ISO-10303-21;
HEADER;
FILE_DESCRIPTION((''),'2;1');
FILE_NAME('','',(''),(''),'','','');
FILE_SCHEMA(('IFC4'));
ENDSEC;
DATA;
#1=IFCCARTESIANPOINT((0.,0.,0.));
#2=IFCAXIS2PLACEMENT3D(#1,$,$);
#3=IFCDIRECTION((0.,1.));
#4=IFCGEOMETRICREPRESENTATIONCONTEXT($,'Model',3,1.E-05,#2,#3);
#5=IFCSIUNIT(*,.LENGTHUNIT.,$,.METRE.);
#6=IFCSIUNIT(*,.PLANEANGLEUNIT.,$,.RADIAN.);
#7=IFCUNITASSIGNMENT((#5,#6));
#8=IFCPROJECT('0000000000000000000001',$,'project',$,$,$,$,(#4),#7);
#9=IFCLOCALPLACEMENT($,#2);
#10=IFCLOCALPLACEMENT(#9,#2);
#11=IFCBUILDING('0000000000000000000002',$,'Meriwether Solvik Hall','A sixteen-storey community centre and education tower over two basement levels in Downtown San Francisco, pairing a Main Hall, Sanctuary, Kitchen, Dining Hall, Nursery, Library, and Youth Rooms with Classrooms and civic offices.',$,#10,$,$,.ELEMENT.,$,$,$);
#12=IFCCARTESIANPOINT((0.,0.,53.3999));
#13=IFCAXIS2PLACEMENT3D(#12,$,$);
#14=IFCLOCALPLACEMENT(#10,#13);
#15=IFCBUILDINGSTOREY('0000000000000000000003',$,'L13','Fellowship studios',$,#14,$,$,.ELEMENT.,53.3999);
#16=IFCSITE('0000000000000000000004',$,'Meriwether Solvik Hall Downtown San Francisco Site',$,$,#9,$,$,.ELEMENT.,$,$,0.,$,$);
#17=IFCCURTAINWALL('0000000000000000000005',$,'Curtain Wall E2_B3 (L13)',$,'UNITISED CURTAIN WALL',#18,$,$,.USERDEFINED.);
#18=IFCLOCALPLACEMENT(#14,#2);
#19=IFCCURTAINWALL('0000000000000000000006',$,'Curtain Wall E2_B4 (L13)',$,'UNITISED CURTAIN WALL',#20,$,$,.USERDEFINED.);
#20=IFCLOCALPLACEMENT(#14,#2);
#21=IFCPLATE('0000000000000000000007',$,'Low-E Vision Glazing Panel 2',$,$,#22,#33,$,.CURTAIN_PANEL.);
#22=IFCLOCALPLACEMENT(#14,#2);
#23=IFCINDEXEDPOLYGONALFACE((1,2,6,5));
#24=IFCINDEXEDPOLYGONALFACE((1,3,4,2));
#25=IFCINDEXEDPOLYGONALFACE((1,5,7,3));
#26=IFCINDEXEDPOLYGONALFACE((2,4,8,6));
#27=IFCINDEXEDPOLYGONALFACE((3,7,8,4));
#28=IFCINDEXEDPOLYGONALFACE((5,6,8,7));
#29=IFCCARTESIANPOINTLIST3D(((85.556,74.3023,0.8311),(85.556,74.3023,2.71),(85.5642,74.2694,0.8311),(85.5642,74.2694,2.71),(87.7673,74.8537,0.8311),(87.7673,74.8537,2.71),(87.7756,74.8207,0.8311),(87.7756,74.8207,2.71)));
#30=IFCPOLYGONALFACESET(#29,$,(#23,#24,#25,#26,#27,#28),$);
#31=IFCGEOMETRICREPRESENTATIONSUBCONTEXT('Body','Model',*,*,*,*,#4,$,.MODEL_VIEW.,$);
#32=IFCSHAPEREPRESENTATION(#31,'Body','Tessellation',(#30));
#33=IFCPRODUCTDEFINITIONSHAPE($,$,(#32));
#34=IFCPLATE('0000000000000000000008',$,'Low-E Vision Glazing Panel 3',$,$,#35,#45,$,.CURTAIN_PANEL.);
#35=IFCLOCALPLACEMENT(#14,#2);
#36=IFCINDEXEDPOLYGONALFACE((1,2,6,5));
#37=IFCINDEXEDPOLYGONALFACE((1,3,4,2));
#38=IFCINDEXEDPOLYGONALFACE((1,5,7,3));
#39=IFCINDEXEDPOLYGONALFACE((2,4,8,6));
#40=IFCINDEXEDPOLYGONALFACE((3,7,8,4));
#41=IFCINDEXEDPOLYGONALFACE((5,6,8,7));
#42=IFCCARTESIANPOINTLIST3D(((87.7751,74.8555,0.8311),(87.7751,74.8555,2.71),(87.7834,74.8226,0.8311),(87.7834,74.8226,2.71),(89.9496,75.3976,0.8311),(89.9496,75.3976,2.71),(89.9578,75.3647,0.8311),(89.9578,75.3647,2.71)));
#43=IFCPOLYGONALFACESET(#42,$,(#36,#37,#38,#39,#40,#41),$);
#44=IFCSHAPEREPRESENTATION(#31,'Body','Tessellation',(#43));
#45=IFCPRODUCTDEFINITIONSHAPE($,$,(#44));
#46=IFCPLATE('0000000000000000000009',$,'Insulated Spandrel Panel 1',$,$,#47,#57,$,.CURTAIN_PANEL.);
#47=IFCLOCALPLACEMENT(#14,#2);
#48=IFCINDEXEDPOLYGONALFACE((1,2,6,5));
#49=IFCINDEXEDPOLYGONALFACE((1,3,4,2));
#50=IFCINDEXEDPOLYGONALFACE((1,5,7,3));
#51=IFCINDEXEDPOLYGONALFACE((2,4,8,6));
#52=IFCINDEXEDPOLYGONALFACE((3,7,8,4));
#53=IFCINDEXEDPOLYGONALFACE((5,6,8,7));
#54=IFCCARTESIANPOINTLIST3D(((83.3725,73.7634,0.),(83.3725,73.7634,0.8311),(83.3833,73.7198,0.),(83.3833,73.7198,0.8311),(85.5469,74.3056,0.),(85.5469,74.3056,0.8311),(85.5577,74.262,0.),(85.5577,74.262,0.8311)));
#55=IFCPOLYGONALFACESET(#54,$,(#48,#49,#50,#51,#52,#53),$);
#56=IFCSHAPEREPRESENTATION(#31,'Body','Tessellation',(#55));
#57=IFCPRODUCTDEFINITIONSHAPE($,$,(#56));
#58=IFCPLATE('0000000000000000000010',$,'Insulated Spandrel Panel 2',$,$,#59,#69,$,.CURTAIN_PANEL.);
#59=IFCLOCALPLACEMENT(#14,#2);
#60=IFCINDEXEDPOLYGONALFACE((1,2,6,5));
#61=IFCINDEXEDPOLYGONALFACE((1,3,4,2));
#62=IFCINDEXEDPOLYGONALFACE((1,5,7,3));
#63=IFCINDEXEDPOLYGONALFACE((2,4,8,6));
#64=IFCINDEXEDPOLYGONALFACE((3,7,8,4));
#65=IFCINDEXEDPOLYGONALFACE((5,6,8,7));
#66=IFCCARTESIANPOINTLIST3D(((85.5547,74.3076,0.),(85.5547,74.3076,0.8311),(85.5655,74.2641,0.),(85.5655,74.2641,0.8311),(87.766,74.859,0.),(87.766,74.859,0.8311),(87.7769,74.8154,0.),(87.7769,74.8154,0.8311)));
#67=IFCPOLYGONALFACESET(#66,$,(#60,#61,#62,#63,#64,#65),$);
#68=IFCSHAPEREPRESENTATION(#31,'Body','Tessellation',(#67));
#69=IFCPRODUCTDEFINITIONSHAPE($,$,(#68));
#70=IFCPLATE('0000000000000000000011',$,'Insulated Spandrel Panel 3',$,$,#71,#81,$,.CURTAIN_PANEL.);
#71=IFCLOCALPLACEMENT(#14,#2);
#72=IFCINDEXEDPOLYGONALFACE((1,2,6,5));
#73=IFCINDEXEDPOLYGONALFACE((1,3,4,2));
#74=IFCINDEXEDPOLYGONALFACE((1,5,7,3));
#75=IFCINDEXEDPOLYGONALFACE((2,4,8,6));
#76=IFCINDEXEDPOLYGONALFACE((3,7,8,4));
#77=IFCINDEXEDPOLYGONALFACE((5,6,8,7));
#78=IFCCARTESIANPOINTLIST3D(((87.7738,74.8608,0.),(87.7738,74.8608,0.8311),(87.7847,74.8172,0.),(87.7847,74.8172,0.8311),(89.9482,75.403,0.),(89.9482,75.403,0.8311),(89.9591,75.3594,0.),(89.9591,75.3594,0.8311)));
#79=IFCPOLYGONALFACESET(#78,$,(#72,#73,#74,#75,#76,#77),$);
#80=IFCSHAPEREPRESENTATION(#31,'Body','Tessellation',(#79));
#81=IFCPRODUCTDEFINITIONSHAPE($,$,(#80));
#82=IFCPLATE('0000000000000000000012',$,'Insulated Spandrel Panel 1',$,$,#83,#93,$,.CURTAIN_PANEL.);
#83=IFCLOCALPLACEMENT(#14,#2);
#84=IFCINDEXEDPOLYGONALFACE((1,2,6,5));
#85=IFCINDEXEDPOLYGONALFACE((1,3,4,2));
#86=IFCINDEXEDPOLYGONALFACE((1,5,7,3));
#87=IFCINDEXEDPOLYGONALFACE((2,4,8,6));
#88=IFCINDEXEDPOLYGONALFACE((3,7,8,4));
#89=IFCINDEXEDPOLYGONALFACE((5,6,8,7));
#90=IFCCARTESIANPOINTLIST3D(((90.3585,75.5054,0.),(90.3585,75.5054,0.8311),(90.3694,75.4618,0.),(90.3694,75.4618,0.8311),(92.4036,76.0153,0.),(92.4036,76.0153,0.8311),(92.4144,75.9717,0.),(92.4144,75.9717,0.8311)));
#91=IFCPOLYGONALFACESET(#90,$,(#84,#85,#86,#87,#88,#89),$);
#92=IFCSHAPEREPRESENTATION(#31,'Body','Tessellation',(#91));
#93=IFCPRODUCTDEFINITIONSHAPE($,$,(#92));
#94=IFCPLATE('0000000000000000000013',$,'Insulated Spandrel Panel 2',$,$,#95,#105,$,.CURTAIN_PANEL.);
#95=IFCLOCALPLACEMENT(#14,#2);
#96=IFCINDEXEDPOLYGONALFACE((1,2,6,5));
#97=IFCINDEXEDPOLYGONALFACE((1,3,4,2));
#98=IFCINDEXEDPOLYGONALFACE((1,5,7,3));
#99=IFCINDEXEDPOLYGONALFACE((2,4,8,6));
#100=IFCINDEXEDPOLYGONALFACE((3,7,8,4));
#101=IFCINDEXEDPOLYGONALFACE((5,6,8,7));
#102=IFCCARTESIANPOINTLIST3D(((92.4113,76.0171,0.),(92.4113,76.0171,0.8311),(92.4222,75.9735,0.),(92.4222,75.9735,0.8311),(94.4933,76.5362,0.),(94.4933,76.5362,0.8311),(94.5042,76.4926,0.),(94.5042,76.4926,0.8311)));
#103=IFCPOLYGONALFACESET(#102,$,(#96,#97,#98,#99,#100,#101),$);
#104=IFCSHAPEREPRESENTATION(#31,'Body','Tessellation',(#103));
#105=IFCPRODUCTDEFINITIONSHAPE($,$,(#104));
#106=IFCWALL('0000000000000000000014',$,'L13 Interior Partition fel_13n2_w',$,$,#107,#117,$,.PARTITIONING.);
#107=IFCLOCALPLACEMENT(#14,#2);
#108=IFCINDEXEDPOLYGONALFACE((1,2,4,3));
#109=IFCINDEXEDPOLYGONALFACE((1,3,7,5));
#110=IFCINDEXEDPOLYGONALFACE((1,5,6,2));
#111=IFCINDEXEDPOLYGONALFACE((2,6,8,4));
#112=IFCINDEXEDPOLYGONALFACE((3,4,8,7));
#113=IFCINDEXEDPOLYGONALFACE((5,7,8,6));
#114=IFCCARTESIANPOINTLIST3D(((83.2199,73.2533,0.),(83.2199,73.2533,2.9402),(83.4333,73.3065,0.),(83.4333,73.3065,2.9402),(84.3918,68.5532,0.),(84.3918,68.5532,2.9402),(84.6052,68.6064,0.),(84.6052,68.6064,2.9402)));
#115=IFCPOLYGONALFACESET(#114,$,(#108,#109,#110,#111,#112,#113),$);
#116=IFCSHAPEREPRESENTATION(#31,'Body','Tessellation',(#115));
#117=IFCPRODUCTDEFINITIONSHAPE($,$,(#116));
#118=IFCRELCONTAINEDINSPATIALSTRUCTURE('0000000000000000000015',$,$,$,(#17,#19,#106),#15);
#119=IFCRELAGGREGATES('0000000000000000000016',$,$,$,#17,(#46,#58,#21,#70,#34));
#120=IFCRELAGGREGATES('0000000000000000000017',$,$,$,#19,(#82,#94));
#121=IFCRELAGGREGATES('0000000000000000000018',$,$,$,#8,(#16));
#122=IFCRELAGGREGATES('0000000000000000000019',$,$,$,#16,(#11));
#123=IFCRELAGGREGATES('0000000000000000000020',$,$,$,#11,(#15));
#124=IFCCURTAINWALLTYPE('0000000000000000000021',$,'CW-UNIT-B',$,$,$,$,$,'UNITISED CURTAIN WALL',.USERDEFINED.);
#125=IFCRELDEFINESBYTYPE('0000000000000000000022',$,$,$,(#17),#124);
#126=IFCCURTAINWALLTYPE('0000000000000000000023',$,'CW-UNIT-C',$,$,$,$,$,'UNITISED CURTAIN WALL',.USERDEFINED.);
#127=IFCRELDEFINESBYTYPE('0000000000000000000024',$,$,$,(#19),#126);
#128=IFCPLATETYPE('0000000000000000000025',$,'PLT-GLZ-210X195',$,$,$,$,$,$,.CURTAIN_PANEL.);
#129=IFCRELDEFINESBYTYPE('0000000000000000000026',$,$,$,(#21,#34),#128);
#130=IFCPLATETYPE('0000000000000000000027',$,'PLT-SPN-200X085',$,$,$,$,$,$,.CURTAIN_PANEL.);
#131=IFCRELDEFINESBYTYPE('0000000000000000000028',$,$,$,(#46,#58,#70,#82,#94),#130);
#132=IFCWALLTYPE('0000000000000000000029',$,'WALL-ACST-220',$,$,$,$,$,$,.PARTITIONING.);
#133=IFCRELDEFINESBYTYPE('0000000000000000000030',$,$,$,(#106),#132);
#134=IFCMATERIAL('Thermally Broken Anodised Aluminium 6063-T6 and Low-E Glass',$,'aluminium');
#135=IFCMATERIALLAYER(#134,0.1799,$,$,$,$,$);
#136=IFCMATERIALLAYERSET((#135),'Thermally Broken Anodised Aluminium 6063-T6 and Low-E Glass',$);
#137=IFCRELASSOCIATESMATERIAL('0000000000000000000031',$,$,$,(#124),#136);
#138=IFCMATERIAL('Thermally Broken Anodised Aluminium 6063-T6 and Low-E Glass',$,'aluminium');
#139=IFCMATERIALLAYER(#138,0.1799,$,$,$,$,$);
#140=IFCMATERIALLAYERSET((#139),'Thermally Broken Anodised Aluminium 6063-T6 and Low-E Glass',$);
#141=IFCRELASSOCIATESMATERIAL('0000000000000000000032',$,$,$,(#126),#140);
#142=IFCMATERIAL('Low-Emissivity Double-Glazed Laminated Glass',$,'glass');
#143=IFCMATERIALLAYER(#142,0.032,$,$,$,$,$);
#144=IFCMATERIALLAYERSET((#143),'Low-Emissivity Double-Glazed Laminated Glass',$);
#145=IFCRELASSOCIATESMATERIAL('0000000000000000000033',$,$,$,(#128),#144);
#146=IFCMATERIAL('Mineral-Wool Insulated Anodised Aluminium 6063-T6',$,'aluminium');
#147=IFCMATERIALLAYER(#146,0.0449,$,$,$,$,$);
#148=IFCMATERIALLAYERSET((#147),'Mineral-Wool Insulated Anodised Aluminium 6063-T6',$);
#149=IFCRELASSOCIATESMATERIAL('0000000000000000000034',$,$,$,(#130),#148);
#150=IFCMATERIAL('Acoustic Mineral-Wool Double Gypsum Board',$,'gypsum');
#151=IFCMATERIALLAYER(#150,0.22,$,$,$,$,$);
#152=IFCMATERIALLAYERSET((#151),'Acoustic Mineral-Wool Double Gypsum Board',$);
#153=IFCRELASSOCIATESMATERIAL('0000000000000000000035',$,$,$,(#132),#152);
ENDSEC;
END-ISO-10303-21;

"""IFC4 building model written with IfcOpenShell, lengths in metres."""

from ifc_helpers import new_model, si_unit, direction, frame, frame_2d, origin, origin_2d, place, context, subcontext, project, spatial, rectangle, extrude, material, layer, layer_set, type_object, element, aggregate, save


model = new_model("IFC4")

# Units and contexts
model_context = context("Model", 3, precision=1e-05, world=origin(), true_north=direction((0.0, 1.0)))
body_context = subcontext(model_context, "Body", "Model", "MODEL_VIEW")
ifc_project = project(units=[si_unit("LENGTHUNIT", "METRE"), si_unit("PLANEANGLEUNIT", "RADIAN")], contexts=[model_context])

# Site, building, storey
site_placement = place(None, origin())
site = spatial("IfcSite", under=ifc_project, at=site_placement, Name="Meriwether Solvik Hall Downtown San Francisco Site", CompositionType="ELEMENT", RefElevation=0.0)
building_placement = place(site_placement, origin())
building = spatial("IfcBuilding", under=site, at=building_placement, Name="Meriwether Solvik Hall", Description="A sixteen-storey community centre and education tower over two basement levels in Downtown San Francisco, pairing a Main Hall, Sanctuary, Kitchen, Dining Hall, Nursery, Library, and Youth Rooms with Classrooms and civic offices.", CompositionType="ELEMENT")
storey_placement = place(building_placement, frame((0.0, 0.0, 53.3999)))
storey = spatial("IfcBuildingStorey", under=building, at=storey_placement, Name="L13", Description="Fellowship studios", CompositionType="ELEMENT", Elevation=53.3999)

# Curtain walls
ifc_material_1 = material(Name="Thermally Broken Anodised Aluminium 6063-T6 and Low-E Glass", Category="aluminium")
ifc_layer_1 = layer(ifc_material_1, 0.1799)
ifc_layer_set_1 = layer_set([ifc_layer_1], Name="Thermally Broken Anodised Aluminium 6063-T6 and Low-E Glass")
curtain_wall_type_1 = type_object("IfcCurtainWallType", Name="CW-UNIT-B", ElementType="UNITISED CURTAIN WALL", PredefinedType="USERDEFINED", material=ifc_layer_set_1)
curtain_wall_1_placement = place(storey_placement, origin())
curtain_wall_1 = element("IfcCurtainWall", 1, at=curtain_wall_1_placement, inside=storey, type_object=curtain_wall_type_1, Name="Curtain Wall E2_B3 (L13)", ObjectType="UNITISED CURTAIN WALL", PredefinedType="USERDEFINED")
ifc_material_2 = material(Name="Thermally Broken Anodised Aluminium 6063-T6 and Low-E Glass", Category="aluminium")
ifc_layer_2 = layer(ifc_material_2, 0.1799)
ifc_layer_set_2 = layer_set([ifc_layer_2], Name="Thermally Broken Anodised Aluminium 6063-T6 and Low-E Glass")
curtain_wall_type_2 = type_object("IfcCurtainWallType", Name="CW-UNIT-C", ElementType="UNITISED CURTAIN WALL", PredefinedType="USERDEFINED", material=ifc_layer_set_2)
curtain_wall_2_placement = place(storey_placement, origin())
curtain_wall_2 = element("IfcCurtainWall", 2, at=curtain_wall_2_placement, inside=storey, type_object=curtain_wall_type_2, Name="Curtain Wall E2_B4 (L13)", ObjectType="UNITISED CURTAIN WALL", PredefinedType="USERDEFINED")

# Plates
ifc_material_3 = material(Name="Low-Emissivity Double-Glazed Laminated Glass", Category="glass")
ifc_layer_3 = layer(ifc_material_3, 0.032)
ifc_layer_set_3 = layer_set([ifc_layer_3], Name="Low-Emissivity Double-Glazed Laminated Glass")
plate_type_1 = type_object("IfcPlateType", Name="PLT-GLZ-210X195", PredefinedType="CURTAIN_PANEL", material=ifc_layer_set_3)
plate_1_placement = place(storey_placement, frame((86.6658, 74.5615, 0.8311), z_axis=(0.0, 0.0, 1.0), x_axis=(0.970296, 0.241922, 0.0)))
plate_1 = element("IfcPlate", 3, at=plate_1_placement, type_object=plate_type_1, Name="Low-E Vision Glazing Panel 2", PredefinedType="CURTAIN_PANEL", context=body_context, shape_type="SweptSolid", body=[
    extrude(rectangle(XDim=2.2791, YDim=0.0339, at=origin_2d()), origin(), (0.0, 0.0, 1.0), 1.8789),
])
plate_2_placement = place(storey_placement, frame((88.8665, 75.1101, 0.8311), z_axis=(0.0, 0.0, 1.0), x_axis=(0.970296, 0.241922, 0.0)))
plate_2 = element("IfcPlate", 4, at=plate_2_placement, type_object=plate_type_1, Name="Low-E Vision Glazing Panel 3", PredefinedType="CURTAIN_PANEL", context=body_context, shape_type="SweptSolid", body=[
    extrude(rectangle(XDim=2.241, YDim=0.0339, at=origin_2d()), origin(), (0.0, 0.0, 1.0), 1.8789),
])
ifc_material_4 = material(Name="Mineral-Wool Insulated Anodised Aluminium 6063-T6", Category="aluminium")
ifc_layer_4 = layer(ifc_material_4, 0.0449)
ifc_layer_set_4 = layer_set([ifc_layer_4], Name="Mineral-Wool Insulated Anodised Aluminium 6063-T6")
plate_type_2 = type_object("IfcPlateType", Name="PLT-SPN-200X085", PredefinedType="CURTAIN_PANEL", material=ifc_layer_set_4)
plate_3_placement = place(storey_placement, frame((84.4651, 74.0127, 0.0), z_axis=(0.0, 0.0, 1.0), x_axis=(0.970296, 0.241922, 0.0)))
plate_3 = element("IfcPlate", 5, at=plate_3_placement, type_object=plate_type_2, Name="Insulated Spandrel Panel 1", PredefinedType="CURTAIN_PANEL", context=body_context, shape_type="SweptSolid", body=[
    extrude(rectangle(XDim=2.241, YDim=0.0449, at=origin_2d()), origin(), (0.0, 0.0, 1.0), 0.8311),
])
plate_4_placement = place(storey_placement, frame((86.6658, 74.5615, 0.0), z_axis=(0.0, 0.0, 1.0), x_axis=(0.970296, 0.241922, 0.0)))
plate_4 = element("IfcPlate", 6, at=plate_4_placement, type_object=plate_type_2, Name="Insulated Spandrel Panel 2", PredefinedType="CURTAIN_PANEL", context=body_context, shape_type="SweptSolid", body=[
    extrude(rectangle(XDim=2.2791, YDim=0.0449, at=origin_2d()), origin(), (0.0, 0.0, 1.0), 0.8311),
])
plate_5_placement = place(storey_placement, frame((88.8665, 75.1101, 0.0), z_axis=(0.0, 0.0, 1.0), x_axis=(0.970296, 0.241922, 0.0)))
plate_5 = element("IfcPlate", 7, at=plate_5_placement, type_object=plate_type_2, Name="Insulated Spandrel Panel 3", PredefinedType="CURTAIN_PANEL", context=body_context, shape_type="SweptSolid", body=[
    extrude(rectangle(XDim=2.241, YDim=0.0449, at=origin_2d()), origin(), (0.0, 0.0, 1.0), 0.8311),
])
aggregate(curtain_wall_1, [plate_3, plate_4, plate_1, plate_5, plate_2])
plate_6_placement = place(storey_placement, frame((91.3865, 75.7385, 0.0), z_axis=(0.0, 0.0, 1.0), x_axis=(0.970296, 0.241922, 0.0)))
plate_6 = element("IfcPlate", 8, at=plate_6_placement, type_object=plate_type_2, Name="Insulated Spandrel Panel 1", PredefinedType="CURTAIN_PANEL", context=body_context, shape_type="SweptSolid", body=[
    extrude(rectangle(XDim=2.1077, YDim=0.0449, at=origin_2d()), origin(), (0.0, 0.0, 1.0), 0.8311),
])
plate_7_placement = place(storey_placement, frame((93.4578, 76.2549, 0.0), z_axis=(0.0, 0.0, 1.0), x_axis=(0.970296, 0.241922, 0.0)))
plate_7 = element("IfcPlate", 9, at=plate_7_placement, type_object=plate_type_2, Name="Insulated Spandrel Panel 2", PredefinedType="CURTAIN_PANEL", context=body_context, shape_type="SweptSolid", body=[
    extrude(rectangle(XDim=2.1458, YDim=0.0449, at=origin_2d()), origin(), (0.0, 0.0, 1.0), 0.8311),
])
aggregate(curtain_wall_2, [plate_6, plate_7])

# Wall
ifc_material_5 = material(Name="Acoustic Mineral-Wool Double Gypsum Board", Category="gypsum")
ifc_layer_5 = layer(ifc_material_5, 0.22)
ifc_layer_set_5 = layer_set([ifc_layer_5], Name="Acoustic Mineral-Wool Double Gypsum Board")
wall_type = type_object("IfcWallType", Name="WALL-ACST-220", PredefinedType="PARTITIONING", material=ifc_layer_set_5)
wall_placement = place(storey_placement, frame((83.3267, 73.2798, 0.0), z_axis=(0.0, 0.0, 1.0), x_axis=(0.241919, -0.970296, 0.0)))
element("IfcWall", 10, at=wall_placement, inside=storey, type_object=wall_type, Name="L13 Interior Partition fel_13n2_w", PredefinedType="PARTITIONING", context=body_context, shape_type="SweptSolid", body=[
    extrude(rectangle(XDim=4.844, YDim=0.22, at=frame_2d((2.4219, 0.0))), origin(), (0.0, 0.0, 1.0), 2.9402),
])

save(model, "model.ifc")
